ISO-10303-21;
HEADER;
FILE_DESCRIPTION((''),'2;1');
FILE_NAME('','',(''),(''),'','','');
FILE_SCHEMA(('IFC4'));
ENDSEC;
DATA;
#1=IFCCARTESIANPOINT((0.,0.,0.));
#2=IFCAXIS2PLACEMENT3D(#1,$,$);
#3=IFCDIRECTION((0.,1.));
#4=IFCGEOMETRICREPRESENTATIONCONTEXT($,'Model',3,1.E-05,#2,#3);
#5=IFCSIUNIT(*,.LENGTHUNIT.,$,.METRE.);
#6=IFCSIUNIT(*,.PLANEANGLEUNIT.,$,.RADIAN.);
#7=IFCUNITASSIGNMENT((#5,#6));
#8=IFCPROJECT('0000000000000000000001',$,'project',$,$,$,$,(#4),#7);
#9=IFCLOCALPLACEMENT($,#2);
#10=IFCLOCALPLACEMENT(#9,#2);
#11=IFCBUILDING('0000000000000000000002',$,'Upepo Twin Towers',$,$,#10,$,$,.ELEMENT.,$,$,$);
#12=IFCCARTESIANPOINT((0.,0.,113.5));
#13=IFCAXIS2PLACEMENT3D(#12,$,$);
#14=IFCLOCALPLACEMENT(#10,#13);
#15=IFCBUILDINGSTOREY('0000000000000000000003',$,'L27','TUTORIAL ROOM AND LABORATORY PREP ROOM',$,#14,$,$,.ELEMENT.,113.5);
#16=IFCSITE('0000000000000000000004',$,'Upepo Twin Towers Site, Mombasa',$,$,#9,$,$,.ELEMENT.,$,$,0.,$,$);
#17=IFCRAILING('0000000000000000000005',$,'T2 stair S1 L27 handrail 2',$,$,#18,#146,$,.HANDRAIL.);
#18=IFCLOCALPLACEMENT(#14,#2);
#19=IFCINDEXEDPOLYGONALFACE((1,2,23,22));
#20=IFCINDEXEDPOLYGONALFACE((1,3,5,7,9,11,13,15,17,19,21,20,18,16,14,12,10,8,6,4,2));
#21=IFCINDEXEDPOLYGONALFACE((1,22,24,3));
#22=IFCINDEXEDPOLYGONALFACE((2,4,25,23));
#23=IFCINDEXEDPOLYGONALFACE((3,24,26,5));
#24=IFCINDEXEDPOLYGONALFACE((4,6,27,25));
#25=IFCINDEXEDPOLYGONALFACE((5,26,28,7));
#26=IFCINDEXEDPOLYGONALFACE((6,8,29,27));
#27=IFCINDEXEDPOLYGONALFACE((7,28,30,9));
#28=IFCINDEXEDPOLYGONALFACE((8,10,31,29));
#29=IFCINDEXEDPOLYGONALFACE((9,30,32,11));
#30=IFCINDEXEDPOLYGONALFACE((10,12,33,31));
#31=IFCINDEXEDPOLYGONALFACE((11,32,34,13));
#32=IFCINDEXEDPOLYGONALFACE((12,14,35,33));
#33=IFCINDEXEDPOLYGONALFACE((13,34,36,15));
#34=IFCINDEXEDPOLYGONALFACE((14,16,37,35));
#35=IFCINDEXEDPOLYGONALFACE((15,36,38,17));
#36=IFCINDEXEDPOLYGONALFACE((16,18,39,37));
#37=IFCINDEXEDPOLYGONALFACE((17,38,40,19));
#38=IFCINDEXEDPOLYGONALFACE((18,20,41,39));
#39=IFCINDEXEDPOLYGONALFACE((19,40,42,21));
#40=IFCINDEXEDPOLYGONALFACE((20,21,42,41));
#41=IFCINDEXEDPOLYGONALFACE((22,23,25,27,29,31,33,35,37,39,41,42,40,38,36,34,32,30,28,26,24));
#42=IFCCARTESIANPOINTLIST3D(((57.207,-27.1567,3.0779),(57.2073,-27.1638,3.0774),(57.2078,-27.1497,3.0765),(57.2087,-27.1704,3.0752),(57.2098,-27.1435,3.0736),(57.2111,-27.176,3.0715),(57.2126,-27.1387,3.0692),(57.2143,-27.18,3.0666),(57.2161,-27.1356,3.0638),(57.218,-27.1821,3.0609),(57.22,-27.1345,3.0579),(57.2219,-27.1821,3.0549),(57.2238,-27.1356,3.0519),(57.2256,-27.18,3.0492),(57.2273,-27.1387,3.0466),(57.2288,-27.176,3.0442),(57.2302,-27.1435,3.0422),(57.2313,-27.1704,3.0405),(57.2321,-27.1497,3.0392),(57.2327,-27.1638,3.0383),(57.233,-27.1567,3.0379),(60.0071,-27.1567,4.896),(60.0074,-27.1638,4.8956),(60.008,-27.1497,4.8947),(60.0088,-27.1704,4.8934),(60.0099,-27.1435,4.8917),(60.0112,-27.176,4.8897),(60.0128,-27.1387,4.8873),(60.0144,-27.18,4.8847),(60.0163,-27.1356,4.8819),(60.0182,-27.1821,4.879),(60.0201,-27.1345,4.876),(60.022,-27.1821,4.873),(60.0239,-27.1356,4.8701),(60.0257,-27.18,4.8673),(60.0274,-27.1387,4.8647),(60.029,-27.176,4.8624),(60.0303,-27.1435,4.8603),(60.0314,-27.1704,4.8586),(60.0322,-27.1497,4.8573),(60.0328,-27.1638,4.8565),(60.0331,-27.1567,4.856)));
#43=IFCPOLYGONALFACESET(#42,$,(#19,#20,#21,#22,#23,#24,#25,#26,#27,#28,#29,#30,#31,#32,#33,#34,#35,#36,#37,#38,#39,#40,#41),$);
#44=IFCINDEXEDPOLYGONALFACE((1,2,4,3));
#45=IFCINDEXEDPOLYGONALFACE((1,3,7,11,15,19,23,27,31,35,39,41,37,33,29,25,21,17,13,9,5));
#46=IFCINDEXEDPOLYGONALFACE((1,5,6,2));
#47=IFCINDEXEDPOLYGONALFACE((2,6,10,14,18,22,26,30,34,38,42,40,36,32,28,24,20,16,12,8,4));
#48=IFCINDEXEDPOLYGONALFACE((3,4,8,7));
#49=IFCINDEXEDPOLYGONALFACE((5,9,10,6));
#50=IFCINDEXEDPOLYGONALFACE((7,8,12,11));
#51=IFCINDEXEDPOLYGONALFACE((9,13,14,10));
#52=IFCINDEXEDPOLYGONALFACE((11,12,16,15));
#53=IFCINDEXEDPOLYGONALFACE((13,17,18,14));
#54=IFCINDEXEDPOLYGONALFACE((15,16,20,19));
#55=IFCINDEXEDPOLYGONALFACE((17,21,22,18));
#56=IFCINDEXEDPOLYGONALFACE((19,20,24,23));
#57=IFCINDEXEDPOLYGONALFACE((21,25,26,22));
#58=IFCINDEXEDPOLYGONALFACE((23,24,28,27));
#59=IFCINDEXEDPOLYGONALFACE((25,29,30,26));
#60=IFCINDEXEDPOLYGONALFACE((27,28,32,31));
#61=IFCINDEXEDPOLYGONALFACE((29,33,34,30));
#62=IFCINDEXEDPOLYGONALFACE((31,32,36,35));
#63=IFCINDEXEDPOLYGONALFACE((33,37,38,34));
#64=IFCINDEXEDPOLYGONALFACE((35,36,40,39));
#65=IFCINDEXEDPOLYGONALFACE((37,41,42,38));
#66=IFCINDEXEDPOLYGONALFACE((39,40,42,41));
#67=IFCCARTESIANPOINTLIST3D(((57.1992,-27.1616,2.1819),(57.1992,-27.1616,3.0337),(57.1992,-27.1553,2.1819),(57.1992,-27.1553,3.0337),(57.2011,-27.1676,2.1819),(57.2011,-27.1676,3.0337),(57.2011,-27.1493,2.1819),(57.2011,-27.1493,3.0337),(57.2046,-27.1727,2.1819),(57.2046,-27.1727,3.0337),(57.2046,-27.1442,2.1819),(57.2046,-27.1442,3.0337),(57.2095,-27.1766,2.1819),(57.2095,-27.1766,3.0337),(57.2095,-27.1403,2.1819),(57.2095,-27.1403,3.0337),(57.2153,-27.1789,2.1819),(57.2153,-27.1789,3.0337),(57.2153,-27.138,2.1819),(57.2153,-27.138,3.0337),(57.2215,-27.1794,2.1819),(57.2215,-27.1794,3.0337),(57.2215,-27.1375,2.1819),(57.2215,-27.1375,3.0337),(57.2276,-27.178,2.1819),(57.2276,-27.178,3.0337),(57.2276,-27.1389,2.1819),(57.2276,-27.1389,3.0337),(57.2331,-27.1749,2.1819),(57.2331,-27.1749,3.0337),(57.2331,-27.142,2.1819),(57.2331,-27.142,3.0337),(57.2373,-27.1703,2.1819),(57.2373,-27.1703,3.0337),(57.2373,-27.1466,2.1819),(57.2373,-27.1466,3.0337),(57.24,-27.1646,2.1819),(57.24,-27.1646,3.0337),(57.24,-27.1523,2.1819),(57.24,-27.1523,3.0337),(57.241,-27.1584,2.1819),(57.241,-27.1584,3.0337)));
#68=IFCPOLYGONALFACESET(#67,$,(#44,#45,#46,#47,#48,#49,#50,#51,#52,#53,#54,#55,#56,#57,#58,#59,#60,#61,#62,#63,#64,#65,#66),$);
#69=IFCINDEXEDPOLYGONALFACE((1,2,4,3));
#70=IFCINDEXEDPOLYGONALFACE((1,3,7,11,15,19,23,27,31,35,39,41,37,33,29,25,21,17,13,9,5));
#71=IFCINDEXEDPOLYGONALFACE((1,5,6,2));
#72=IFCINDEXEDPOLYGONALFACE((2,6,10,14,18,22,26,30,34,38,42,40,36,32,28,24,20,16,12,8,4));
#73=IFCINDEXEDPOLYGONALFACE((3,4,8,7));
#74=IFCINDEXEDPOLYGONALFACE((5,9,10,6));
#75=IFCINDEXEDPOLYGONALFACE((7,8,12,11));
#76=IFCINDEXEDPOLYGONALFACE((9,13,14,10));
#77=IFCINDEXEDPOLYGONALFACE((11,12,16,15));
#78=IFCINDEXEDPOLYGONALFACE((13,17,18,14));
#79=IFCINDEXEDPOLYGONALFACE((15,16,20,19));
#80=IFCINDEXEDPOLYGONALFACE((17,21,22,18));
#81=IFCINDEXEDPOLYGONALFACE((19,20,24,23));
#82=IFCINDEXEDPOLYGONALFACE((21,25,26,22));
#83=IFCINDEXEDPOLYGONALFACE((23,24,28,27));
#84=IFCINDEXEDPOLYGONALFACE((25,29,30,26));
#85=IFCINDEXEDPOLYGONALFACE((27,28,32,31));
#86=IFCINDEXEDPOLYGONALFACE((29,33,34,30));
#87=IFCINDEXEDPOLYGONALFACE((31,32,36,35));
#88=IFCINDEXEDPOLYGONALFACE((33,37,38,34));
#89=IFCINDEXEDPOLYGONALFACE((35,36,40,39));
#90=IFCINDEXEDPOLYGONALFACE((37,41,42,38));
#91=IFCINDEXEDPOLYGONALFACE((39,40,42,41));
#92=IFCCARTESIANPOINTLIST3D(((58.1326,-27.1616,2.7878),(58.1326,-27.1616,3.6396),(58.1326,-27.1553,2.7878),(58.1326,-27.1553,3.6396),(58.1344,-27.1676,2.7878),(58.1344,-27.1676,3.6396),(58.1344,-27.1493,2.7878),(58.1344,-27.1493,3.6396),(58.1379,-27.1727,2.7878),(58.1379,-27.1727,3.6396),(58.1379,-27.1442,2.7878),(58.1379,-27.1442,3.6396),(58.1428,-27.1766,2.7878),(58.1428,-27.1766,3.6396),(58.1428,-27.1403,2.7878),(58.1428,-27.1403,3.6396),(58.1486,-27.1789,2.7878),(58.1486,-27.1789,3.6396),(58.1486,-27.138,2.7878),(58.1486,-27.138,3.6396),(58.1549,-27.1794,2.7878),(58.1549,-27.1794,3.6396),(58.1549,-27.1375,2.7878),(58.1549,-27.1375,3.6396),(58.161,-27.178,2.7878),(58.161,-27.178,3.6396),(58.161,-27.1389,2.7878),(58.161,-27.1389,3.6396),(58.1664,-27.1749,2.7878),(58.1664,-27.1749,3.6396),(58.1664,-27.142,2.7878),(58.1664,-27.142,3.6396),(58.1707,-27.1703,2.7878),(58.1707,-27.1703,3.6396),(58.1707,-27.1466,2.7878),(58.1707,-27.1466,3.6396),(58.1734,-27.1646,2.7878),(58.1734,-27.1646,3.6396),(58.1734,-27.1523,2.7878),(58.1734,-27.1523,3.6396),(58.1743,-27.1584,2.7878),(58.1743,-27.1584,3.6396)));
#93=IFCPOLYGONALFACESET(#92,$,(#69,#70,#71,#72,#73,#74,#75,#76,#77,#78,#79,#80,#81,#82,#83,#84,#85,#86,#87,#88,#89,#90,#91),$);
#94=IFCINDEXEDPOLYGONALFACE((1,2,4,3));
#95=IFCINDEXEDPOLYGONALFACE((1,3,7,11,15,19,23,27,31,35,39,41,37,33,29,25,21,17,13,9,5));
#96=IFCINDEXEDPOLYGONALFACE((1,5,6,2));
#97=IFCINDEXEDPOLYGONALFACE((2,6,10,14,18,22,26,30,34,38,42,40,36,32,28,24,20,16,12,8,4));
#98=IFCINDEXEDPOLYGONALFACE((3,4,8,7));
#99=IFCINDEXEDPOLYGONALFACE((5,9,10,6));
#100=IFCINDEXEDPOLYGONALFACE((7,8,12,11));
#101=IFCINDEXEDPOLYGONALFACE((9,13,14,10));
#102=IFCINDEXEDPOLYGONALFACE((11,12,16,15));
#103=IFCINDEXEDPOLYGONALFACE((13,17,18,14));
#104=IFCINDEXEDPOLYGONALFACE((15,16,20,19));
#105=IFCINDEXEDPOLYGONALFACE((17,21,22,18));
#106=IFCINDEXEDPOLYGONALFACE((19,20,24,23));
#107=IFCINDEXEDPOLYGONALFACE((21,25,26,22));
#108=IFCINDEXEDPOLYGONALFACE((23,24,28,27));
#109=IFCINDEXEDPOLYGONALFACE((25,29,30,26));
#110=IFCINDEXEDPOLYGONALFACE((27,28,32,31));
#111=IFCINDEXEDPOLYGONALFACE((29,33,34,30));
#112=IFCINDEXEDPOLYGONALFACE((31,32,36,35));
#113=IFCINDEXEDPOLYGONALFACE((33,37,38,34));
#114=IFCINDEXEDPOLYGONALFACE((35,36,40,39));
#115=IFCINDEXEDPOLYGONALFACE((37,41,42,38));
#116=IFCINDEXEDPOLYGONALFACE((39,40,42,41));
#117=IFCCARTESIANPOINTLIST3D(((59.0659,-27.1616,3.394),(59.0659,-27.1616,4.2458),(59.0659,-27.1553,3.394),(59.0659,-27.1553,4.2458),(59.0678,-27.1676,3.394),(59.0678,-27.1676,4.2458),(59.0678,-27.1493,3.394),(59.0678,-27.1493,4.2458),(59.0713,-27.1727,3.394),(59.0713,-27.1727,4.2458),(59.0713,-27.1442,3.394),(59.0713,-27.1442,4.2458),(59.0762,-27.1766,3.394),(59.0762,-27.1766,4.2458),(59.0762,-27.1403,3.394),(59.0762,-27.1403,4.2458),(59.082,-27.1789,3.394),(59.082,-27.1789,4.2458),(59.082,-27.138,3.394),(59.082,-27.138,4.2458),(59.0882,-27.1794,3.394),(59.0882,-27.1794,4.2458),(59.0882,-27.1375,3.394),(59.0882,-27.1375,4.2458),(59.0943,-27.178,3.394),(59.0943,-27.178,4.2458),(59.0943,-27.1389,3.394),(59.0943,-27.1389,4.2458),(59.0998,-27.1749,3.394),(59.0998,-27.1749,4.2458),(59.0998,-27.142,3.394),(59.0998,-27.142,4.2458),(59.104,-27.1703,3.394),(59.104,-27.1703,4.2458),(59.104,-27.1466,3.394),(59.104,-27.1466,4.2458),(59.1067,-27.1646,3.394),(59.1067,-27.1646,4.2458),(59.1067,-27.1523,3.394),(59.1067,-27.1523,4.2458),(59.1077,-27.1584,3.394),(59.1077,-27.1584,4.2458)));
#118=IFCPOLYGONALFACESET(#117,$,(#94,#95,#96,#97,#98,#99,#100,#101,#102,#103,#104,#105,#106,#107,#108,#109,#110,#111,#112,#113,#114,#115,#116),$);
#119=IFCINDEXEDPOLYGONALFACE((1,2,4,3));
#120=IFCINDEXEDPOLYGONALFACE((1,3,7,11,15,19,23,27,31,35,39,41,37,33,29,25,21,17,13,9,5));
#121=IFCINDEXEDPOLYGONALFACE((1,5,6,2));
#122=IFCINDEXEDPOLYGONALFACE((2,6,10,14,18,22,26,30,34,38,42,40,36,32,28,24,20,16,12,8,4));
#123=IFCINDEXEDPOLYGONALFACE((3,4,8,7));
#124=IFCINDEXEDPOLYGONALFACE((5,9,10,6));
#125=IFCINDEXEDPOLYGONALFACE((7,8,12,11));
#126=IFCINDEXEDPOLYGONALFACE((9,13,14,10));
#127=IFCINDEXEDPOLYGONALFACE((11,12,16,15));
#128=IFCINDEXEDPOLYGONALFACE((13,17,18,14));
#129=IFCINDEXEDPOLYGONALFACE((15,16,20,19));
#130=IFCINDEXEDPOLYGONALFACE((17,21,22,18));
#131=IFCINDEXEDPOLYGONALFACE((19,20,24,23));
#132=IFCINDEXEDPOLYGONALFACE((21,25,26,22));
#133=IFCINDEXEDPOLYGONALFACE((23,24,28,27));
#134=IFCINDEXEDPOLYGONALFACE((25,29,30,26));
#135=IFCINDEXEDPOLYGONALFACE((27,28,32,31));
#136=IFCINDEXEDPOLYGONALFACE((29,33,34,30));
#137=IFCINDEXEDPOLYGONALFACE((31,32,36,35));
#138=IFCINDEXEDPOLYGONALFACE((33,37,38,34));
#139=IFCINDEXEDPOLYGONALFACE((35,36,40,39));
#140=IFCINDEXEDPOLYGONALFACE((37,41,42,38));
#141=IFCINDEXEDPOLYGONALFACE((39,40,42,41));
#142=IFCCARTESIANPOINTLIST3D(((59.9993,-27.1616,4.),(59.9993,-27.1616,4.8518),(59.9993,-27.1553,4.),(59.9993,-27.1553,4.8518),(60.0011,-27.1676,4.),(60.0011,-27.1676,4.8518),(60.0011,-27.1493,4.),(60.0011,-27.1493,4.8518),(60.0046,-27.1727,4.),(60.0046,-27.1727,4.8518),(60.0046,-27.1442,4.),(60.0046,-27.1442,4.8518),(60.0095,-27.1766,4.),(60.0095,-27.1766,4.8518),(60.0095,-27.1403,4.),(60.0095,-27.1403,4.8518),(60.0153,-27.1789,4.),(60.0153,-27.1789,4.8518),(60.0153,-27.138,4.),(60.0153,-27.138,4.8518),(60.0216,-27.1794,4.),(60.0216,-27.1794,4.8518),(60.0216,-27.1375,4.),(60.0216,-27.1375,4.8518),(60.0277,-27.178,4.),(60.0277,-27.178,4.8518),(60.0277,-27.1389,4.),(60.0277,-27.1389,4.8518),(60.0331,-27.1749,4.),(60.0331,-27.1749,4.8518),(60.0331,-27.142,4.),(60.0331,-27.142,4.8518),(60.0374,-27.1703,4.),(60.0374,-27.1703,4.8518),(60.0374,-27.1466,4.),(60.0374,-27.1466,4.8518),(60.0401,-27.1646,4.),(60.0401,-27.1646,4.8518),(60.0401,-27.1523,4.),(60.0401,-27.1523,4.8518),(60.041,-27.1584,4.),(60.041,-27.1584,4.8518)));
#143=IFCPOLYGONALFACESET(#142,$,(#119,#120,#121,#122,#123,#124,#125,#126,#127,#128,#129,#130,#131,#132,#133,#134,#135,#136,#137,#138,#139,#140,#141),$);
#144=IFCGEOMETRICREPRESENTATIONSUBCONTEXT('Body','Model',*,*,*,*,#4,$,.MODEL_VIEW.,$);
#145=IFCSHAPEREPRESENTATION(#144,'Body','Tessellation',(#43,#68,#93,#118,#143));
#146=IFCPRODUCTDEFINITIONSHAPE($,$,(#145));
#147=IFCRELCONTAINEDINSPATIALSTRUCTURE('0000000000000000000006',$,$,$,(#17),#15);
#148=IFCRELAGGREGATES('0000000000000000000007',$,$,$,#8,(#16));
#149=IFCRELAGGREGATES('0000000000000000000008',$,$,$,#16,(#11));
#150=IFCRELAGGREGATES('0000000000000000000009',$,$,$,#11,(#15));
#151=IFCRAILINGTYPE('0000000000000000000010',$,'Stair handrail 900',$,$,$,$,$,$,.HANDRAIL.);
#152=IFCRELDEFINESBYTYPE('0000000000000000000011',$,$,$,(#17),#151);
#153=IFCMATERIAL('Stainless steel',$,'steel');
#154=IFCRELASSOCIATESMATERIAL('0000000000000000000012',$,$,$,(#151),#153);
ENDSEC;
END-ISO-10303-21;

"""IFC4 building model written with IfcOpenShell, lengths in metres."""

from ifc_helpers import new_model, si_unit, direction, frame, origin, origin_2d, place, context, subcontext, project, spatial, circle, extrude, material, type_object, element, save


model = new_model("IFC4")

# Units and contexts
model_context = context("Model", 3, precision=1e-05, world=origin(), true_north=direction((0.0, 1.0)))
body_context = subcontext(model_context, "Body", "Model", "MODEL_VIEW")
ifc_project = project(units=[si_unit("LENGTHUNIT", "METRE"), si_unit("PLANEANGLEUNIT", "RADIAN")], contexts=[model_context])

# Site, building, storey
site_placement = place(None, origin())
site = spatial("IfcSite", under=ifc_project, at=site_placement, Name="Upepo Twin Towers Site, Mombasa", CompositionType="ELEMENT", RefElevation=0.0)
building_placement = place(site_placement, origin())
building = spatial("IfcBuilding", under=site, at=building_placement, Name="Upepo Twin Towers", CompositionType="ELEMENT")
storey_placement = place(building_placement, frame((0.0, 0.0, 113.5)))
storey = spatial("IfcBuildingStorey", under=building, at=storey_placement, Name="L27", Description="TUTORIAL ROOM AND LABORATORY PREP ROOM", CompositionType="ELEMENT", Elevation=113.5)

# Railing
ifc_material_1 = material(Name="Stainless steel", Category="steel")
railing_type = type_object("IfcRailingType", Name="Stair handrail 900", PredefinedType="HANDRAIL", material=ifc_material_1)
railing_1_placement = place(storey_placement, frame((57.22, -27.1584, 2.1819)))
element("IfcRailing", 1, at=railing_1_placement, inside=storey, type_object=railing_type, Name="T2 stair S1 L27 handrail 2", PredefinedType="HANDRAIL", context=body_context, shape_type="SweptSolid", body=[
    extrude(circle(Radius=0.0239, at=origin_2d()), frame((0.0, 0.0, 0.876), z_axis=(0.838706, 0.0, 0.544585), x_axis=(0.0, 1.0, 0.0)), (0.0, 0.0, 1.0), 3.3386),
    extrude(circle(Radius=0.021, at=origin_2d()), origin(), (0.0, 0.0, 1.0), 0.8518),
    extrude(circle(Radius=0.021, at=origin_2d()), frame((0.9333, 0.0, 0.606)), (0.0, 0.0, 1.0), 0.8518),
    extrude(circle(Radius=0.021, at=origin_2d()), frame((1.8667, 0.0, 1.2122)), (0.0, 0.0, 1.0), 0.8518),
    extrude(circle(Radius=0.021, at=origin_2d()), frame((2.8, 0.0, 1.8181)), (0.0, 0.0, 1.0), 0.8518),
])

save(model, "model.ifc")
